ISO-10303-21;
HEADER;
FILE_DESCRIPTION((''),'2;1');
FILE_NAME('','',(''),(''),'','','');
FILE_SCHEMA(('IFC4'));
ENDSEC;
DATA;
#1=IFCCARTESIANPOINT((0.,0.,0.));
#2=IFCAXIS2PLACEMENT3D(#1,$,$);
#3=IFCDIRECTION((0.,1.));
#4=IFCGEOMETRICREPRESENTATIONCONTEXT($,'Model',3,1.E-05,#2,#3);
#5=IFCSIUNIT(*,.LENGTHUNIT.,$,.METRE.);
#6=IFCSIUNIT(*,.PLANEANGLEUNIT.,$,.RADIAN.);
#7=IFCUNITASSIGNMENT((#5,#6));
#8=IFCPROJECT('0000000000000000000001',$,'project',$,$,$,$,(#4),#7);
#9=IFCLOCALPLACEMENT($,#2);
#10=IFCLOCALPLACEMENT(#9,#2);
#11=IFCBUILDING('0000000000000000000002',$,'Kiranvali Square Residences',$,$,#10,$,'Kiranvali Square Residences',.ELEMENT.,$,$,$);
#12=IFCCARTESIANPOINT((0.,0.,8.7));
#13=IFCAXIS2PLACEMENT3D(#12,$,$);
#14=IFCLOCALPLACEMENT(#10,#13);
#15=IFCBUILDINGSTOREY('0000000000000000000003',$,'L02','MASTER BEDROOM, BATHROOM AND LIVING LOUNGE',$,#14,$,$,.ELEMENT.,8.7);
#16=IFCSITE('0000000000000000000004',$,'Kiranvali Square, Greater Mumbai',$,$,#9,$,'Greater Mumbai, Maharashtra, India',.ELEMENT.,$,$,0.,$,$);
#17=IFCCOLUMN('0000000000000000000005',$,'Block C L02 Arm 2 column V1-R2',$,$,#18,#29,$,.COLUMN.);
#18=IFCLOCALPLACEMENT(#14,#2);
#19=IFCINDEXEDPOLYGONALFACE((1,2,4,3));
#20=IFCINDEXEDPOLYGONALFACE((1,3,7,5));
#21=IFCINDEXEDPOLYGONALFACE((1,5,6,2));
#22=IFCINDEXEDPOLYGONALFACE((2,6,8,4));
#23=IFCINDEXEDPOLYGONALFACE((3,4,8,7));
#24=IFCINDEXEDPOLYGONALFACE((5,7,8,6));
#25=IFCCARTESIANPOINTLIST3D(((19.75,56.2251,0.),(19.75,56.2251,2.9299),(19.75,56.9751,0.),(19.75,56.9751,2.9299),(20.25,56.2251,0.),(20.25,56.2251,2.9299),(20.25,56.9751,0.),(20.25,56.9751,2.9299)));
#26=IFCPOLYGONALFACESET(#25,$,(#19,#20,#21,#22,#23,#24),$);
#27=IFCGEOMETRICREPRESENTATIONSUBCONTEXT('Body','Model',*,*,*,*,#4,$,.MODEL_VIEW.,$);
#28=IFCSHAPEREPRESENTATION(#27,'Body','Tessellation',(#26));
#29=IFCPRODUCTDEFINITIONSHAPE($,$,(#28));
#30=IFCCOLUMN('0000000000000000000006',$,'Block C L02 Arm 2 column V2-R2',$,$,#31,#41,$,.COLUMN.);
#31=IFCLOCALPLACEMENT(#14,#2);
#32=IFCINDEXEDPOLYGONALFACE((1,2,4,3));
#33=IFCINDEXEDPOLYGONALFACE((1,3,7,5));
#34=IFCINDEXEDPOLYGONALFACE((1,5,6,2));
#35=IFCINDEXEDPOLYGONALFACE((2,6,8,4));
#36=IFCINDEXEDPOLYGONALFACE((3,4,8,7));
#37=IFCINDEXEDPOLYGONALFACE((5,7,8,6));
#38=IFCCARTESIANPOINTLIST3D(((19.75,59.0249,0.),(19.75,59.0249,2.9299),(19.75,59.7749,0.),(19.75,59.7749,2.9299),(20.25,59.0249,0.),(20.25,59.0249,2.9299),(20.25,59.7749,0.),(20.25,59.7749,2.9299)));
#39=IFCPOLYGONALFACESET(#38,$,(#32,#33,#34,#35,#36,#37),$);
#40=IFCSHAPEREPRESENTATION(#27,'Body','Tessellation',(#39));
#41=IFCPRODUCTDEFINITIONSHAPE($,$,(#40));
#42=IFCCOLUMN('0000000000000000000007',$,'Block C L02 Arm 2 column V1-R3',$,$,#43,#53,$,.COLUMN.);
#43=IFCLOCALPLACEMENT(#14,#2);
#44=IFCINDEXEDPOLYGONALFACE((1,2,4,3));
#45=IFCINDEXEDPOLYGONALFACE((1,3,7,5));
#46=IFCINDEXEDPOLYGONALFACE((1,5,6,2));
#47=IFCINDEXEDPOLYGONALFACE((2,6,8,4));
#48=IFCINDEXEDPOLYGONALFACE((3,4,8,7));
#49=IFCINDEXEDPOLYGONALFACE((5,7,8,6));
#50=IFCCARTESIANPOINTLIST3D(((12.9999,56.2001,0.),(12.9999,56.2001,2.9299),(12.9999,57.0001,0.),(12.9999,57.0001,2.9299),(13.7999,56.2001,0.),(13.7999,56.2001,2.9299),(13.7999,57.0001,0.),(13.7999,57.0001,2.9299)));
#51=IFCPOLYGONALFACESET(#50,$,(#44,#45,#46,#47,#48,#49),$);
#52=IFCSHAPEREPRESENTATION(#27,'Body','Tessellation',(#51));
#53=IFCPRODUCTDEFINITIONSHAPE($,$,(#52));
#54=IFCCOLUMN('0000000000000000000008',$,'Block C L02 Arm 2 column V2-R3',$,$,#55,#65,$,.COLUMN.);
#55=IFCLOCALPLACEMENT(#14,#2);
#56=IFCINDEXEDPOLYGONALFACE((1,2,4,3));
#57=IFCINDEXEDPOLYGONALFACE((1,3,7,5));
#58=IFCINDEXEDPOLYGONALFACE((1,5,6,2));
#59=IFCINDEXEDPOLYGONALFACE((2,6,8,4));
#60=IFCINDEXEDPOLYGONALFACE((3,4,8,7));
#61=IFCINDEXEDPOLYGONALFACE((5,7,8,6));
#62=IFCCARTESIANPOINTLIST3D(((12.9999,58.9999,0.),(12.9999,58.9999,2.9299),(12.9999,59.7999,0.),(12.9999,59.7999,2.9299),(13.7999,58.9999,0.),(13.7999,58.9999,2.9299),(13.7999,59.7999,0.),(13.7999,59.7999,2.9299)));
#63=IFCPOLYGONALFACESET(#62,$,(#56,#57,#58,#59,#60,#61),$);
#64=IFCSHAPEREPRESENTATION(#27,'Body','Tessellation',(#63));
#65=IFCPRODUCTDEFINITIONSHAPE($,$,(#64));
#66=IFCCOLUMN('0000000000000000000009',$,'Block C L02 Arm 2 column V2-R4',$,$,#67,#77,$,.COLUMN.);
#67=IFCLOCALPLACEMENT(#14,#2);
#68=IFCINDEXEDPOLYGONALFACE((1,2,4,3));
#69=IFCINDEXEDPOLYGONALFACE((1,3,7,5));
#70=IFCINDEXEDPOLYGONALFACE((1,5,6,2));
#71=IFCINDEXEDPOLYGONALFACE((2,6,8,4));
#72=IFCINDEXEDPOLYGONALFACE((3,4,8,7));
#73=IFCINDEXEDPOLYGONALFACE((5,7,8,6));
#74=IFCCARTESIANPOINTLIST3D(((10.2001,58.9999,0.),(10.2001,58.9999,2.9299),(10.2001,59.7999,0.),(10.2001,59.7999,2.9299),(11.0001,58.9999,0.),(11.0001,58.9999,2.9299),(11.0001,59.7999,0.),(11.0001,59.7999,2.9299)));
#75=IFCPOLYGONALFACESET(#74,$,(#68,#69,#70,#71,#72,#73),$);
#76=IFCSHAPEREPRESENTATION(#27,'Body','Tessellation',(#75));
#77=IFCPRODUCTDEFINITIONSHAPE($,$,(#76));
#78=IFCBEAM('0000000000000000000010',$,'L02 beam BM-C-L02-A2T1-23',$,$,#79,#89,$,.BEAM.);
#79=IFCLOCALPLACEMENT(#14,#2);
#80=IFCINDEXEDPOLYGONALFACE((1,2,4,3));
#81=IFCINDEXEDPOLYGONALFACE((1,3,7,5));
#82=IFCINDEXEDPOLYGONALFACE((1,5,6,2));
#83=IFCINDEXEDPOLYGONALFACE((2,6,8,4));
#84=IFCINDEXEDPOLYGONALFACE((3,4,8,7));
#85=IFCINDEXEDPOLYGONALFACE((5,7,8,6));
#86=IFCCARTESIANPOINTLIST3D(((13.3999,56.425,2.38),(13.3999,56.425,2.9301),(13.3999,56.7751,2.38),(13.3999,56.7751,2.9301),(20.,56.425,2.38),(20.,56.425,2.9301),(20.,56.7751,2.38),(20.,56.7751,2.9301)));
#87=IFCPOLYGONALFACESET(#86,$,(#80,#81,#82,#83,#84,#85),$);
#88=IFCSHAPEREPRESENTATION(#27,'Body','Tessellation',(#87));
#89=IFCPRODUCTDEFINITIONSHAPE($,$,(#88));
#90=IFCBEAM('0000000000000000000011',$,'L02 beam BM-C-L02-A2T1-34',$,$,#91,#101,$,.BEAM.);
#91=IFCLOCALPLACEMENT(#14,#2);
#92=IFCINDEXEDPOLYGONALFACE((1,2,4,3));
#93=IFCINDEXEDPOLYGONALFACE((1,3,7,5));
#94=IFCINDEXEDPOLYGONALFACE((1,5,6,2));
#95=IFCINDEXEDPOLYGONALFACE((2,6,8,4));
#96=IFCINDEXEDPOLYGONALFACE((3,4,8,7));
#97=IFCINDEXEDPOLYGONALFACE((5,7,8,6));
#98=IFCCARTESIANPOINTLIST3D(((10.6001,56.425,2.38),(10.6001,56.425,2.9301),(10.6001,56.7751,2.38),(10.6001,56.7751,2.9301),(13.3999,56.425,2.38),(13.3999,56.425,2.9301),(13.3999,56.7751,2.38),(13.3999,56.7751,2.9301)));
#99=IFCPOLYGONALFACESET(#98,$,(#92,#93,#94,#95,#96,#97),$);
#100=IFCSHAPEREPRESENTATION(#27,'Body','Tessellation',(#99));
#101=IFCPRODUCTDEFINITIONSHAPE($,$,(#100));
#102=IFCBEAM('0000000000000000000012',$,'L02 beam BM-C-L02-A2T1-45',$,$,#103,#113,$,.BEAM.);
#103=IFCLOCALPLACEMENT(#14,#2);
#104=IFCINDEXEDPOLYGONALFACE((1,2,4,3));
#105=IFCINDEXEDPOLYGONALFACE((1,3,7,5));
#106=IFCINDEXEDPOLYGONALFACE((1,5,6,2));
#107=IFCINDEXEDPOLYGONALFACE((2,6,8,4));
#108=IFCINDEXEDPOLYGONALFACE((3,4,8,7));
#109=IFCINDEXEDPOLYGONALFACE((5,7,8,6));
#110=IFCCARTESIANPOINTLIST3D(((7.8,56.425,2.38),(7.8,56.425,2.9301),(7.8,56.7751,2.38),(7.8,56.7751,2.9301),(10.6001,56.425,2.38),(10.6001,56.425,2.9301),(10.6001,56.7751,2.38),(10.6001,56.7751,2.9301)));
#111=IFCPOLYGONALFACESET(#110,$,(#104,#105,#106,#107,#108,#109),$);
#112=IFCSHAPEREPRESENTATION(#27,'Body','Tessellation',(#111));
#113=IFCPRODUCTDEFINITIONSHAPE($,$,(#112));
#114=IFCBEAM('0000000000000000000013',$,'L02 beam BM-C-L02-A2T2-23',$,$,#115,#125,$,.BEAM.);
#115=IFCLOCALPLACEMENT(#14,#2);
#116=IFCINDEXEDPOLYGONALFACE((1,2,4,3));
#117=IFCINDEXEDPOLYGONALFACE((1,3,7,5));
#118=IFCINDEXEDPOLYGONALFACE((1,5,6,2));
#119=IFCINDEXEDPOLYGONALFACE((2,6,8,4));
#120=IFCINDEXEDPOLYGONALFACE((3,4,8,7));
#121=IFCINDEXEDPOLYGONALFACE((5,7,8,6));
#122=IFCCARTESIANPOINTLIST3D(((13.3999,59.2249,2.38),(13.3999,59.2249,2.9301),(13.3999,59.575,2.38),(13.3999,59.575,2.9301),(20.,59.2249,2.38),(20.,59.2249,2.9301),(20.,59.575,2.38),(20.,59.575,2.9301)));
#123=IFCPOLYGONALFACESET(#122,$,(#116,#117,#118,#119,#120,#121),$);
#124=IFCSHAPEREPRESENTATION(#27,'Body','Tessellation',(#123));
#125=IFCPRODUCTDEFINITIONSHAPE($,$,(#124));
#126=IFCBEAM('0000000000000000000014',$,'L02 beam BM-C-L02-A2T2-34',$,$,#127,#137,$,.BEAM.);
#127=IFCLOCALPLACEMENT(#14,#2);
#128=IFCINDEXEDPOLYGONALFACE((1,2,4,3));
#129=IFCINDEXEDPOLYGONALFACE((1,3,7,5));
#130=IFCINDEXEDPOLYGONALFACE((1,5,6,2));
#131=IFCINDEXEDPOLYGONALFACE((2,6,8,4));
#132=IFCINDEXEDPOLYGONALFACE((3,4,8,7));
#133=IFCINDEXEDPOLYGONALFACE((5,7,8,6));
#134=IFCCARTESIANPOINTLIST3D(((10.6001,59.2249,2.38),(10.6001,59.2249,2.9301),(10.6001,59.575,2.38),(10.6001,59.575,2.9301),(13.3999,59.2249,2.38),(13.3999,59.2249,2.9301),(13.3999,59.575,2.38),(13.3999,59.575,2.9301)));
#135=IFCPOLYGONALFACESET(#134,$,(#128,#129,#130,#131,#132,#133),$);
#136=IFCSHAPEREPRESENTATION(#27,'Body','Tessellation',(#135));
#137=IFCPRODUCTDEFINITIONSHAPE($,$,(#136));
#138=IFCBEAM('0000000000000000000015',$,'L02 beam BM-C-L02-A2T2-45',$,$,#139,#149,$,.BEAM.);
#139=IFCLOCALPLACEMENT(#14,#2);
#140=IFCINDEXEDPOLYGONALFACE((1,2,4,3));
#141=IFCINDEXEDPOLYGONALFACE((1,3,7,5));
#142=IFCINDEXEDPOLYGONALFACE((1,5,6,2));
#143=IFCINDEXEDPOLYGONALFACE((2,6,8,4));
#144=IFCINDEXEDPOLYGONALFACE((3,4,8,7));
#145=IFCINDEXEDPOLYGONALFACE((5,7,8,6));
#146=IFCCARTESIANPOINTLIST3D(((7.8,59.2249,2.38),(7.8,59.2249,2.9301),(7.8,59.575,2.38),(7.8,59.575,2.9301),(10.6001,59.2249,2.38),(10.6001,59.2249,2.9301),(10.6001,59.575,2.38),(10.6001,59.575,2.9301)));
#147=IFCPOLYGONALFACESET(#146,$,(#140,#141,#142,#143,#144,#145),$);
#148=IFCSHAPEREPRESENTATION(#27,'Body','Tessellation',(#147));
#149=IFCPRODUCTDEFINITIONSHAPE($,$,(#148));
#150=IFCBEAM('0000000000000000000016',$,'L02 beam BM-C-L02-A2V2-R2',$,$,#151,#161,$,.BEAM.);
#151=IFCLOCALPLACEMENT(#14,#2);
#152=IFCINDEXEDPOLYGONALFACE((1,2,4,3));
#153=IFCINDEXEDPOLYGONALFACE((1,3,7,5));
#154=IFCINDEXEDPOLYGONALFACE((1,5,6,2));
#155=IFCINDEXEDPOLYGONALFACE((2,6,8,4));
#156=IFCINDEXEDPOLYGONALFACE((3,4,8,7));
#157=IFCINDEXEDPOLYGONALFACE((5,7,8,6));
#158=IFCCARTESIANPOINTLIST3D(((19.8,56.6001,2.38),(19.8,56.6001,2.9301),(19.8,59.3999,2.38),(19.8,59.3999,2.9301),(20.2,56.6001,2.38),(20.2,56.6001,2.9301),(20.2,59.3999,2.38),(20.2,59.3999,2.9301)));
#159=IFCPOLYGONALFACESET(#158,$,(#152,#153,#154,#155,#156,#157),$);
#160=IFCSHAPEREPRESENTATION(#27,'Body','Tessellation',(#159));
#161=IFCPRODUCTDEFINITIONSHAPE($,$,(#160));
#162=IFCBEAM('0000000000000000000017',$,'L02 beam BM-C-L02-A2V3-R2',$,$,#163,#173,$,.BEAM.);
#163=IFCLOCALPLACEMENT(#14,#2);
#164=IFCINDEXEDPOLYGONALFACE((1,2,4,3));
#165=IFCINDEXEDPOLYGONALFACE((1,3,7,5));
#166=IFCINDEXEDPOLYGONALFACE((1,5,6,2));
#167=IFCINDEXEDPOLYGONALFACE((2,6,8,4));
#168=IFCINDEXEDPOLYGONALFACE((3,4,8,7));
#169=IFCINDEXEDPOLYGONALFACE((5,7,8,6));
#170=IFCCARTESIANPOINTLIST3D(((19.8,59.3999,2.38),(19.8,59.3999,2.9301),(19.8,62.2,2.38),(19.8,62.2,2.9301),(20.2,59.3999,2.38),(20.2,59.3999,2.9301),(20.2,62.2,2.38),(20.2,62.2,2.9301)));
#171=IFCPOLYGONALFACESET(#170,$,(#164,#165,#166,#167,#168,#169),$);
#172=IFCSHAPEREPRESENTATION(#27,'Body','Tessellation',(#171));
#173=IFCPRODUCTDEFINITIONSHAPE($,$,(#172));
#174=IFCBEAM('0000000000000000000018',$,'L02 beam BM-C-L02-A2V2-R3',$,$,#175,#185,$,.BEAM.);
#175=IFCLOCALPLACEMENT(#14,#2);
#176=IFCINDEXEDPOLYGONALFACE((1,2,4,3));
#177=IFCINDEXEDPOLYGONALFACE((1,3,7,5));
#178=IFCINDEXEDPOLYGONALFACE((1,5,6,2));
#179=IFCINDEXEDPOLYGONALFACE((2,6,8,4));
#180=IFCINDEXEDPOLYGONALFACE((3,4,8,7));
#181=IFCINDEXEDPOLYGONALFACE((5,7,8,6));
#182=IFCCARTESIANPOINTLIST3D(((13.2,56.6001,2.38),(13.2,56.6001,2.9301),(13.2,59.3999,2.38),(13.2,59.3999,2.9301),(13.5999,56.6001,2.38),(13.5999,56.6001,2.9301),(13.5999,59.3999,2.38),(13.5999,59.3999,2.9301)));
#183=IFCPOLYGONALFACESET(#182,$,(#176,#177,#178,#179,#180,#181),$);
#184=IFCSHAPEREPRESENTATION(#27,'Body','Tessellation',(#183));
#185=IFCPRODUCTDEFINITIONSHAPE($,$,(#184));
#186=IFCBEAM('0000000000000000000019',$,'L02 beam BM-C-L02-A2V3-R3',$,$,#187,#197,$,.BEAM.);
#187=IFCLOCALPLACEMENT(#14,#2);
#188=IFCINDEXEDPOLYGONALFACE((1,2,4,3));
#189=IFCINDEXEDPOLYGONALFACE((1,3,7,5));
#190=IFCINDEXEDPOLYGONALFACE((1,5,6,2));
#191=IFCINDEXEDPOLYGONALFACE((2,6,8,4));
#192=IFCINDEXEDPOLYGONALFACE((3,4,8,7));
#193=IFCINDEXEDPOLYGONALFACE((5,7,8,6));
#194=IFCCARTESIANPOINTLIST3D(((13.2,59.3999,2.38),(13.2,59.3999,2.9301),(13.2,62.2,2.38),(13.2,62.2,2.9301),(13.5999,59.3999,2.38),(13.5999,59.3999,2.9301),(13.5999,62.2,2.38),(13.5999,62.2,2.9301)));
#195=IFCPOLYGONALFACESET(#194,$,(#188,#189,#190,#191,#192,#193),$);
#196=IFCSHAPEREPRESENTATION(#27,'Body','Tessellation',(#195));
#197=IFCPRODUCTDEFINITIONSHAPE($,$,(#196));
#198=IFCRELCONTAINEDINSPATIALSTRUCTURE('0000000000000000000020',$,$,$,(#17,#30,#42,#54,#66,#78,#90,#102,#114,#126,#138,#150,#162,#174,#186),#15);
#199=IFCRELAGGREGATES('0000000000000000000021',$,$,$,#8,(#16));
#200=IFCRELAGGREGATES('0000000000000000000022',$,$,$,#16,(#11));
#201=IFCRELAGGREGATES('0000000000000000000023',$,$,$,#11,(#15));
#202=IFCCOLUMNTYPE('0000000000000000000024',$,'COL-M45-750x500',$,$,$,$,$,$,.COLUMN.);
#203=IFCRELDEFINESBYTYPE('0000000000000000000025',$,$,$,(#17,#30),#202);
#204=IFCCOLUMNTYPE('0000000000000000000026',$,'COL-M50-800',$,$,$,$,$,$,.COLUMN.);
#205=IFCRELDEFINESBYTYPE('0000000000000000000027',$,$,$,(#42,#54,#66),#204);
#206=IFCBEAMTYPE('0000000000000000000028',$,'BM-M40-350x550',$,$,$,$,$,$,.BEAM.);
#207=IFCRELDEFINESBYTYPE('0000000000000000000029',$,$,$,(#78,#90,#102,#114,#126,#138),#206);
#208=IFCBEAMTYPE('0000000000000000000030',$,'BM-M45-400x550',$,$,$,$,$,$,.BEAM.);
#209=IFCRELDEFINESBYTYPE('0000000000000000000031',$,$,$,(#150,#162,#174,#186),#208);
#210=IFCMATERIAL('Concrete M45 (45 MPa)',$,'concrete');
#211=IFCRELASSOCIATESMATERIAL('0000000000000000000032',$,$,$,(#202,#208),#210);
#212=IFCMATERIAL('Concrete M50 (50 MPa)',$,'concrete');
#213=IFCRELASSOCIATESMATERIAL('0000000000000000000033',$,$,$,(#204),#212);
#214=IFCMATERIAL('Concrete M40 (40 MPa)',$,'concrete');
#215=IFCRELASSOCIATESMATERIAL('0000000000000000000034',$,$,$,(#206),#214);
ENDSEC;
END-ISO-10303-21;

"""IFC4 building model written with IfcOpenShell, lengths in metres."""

from ifc_helpers import new_model, si_unit, direction, frame, origin, origin_2d, place, context, subcontext, project, spatial, rectangle, extrude, material, material_profile, profile_set, type_object, element, save


model = new_model("IFC4")

# Units and contexts
model_context = context("Model", 3, precision=1e-05, world=origin(), true_north=direction((0.0, 1.0)))
body_context = subcontext(model_context, "Body", "Model", "MODEL_VIEW")
ifc_project = project(units=[si_unit("LENGTHUNIT", "METRE"), si_unit("PLANEANGLEUNIT", "RADIAN")], contexts=[model_context])

# Site, building, storey
site_placement = place(None, origin())
site = spatial("IfcSite", under=ifc_project, at=site_placement, Name="Kiranvali Square, Greater Mumbai", LongName="Greater Mumbai, Maharashtra, India", CompositionType="ELEMENT", RefElevation=0.0)
building_placement = place(site_placement, origin())
building = spatial("IfcBuilding", under=site, at=building_placement, Name="Kiranvali Square Residences", LongName="Kiranvali Square Residences", CompositionType="ELEMENT")
storey_placement = place(building_placement, frame((0.0, 0.0, 8.7)))
storey = spatial("IfcBuildingStorey", under=building, at=storey_placement, Name="L02", Description="MASTER BEDROOM, BATHROOM AND LIVING LOUNGE", CompositionType="ELEMENT", Elevation=8.7)

# Columns
ifc_material_1 = material(Name="Concrete M45 (45 MPa)", Category="concrete")
ifc_material_profile_1 = material_profile(ifc_material_1, rectangle(XDim=0.5, YDim=0.75, at=origin_2d()), Name="RC 750x500")
ifc_profile_set_1 = profile_set([ifc_material_profile_1], Name="Concrete M45 (45 MPa)")
column_type_1 = type_object("IfcColumnType", Name="COL-M45-750x500", PredefinedType="COLUMN", material=ifc_profile_set_1)
for number, where, z_axis, x_axis, name in (
    (1, (20.0, 56.6001, 0.0), (0.0, 0.0, 1.0), (1.0, 0.0, 0.0), "Block C L02 Arm 2 column V1-R2"),
    (2, (20.0, 59.3999, 0.0), (0.0, 0.0, 1.0), (1.0, 0.0, 0.0), "Block C L02 Arm 2 column V2-R2"),
):
    element("IfcColumn", number, at=place(storey_placement, frame(where, z_axis=z_axis, x_axis=x_axis)), inside=storey, type_object=column_type_1, Name=name, PredefinedType="COLUMN", context=body_context, shape_type="SweptSolid", body=[
        extrude(rectangle(XDim=0.5, YDim=0.75, at=origin_2d()), origin(), (0.0, 0.0, 1.0), 2.9299),
    ])
ifc_material_2 = material(Name="Concrete M50 (50 MPa)", Category="concrete")
ifc_material_profile_2 = material_profile(ifc_material_2, rectangle(XDim=0.8, YDim=0.8, at=origin_2d()), Name="RC 800x800")
ifc_profile_set_2 = profile_set([ifc_material_profile_2], Name="Concrete M50 (50 MPa)")
column_type_2 = type_object("IfcColumnType", Name="COL-M50-800", PredefinedType="COLUMN", material=ifc_profile_set_2)
for number, where, z_axis, x_axis, name in (
    (3, (13.3999, 56.6001, 0.0), (0.0, 0.0, 1.0), (1.0, 0.0, 0.0), "Block C L02 Arm 2 column V1-R3"),
    (4, (13.3999, 59.3999, 0.0), (0.0, 0.0, 1.0), (1.0, 0.0, 0.0), "Block C L02 Arm 2 column V2-R3"),
    (5, (10.6001, 59.3999, 0.0), (0.0, 0.0, 1.0), (1.0, 0.0, 0.0), "Block C L02 Arm 2 column V2-R4"),
):
    element("IfcColumn", number, at=place(storey_placement, frame(where, z_axis=z_axis, x_axis=x_axis)), inside=storey, type_object=column_type_2, Name=name, PredefinedType="COLUMN", context=body_context, shape_type="SweptSolid", body=[
        extrude(rectangle(XDim=0.8, YDim=0.8, at=origin_2d()), origin(), (0.0, 0.0, 1.0), 2.9299),
    ])

# Beams
ifc_material_3 = material(Name="Concrete M40 (40 MPa)", Category="concrete")
ifc_material_profile_3 = material_profile(ifc_material_3, rectangle(XDim=0.3501, YDim=0.55, at=origin_2d()), Name="RC 350x550")
ifc_profile_set_3 = profile_set([ifc_material_profile_3], Name="Concrete M40 (40 MPa)")
beam_type_1 = type_object("IfcBeamType", Name="BM-M40-350x550", PredefinedType="BEAM", material=ifc_profile_set_3)
beam_1_placement = place(storey_placement, frame((20.0, 56.6001, 2.655), z_axis=(-1.0, 0.0, 0.0), x_axis=(0.0, -1.0, 0.0)))
element("IfcBeam", 6, at=beam_1_placement, inside=storey, type_object=beam_type_1, Name="L02 beam BM-C-L02-A2T1-23", PredefinedType="BEAM", context=body_context, shape_type="SweptSolid", body=[
    extrude(rectangle(XDim=0.3501, YDim=0.55, at=origin_2d()), origin(), (0.0, 0.0, 1.0), 6.6001),
])
beam_2_placement = place(storey_placement, frame((13.3999, 56.6001, 2.655), z_axis=(-1.0, 0.0, 0.0), x_axis=(0.0, -1.0, 0.0)))
element("IfcBeam", 7, at=beam_2_placement, inside=storey, type_object=beam_type_1, Name="L02 beam BM-C-L02-A2T1-34", PredefinedType="BEAM", context=body_context, shape_type="SweptSolid", body=[
    extrude(rectangle(XDim=0.3501, YDim=0.55, at=origin_2d()), origin(), (0.0, 0.0, 1.0), 2.7998),
])
beam_3_placement = place(storey_placement, frame((10.6001, 56.6001, 2.655), z_axis=(-1.0, 0.0, 0.0), x_axis=(0.0, -1.0, 0.0)))
element("IfcBeam", 8, at=beam_3_placement, inside=storey, type_object=beam_type_1, Name="L02 beam BM-C-L02-A2T1-45", PredefinedType="BEAM", context=body_context, shape_type="SweptSolid", body=[
    extrude(rectangle(XDim=0.3501, YDim=0.55, at=origin_2d()), origin(), (0.0, 0.0, 1.0), 2.8),
])
beam_4_placement = place(storey_placement, frame((20.0, 59.3999, 2.655), z_axis=(-1.0, 0.0, 0.0), x_axis=(0.0, -1.0, 0.0)))
element("IfcBeam", 9, at=beam_4_placement, inside=storey, type_object=beam_type_1, Name="L02 beam BM-C-L02-A2T2-23", PredefinedType="BEAM", context=body_context, shape_type="SweptSolid", body=[
    extrude(rectangle(XDim=0.3501, YDim=0.55, at=origin_2d()), origin(), (0.0, 0.0, 1.0), 6.6001),
])
beam_5_placement = place(storey_placement, frame((13.3999, 59.3999, 2.655), z_axis=(-1.0, 0.0, 0.0), x_axis=(0.0, -1.0, 0.0)))
element("IfcBeam", 10, at=beam_5_placement, inside=storey, type_object=beam_type_1, Name="L02 beam BM-C-L02-A2T2-34", PredefinedType="BEAM", context=body_context, shape_type="SweptSolid", body=[
    extrude(rectangle(XDim=0.3501, YDim=0.55, at=origin_2d()), origin(), (0.0, 0.0, 1.0), 2.7998),
])
beam_6_placement = place(storey_placement, frame((10.6001, 59.3999, 2.655), z_axis=(-1.0, 0.0, 0.0), x_axis=(0.0, -1.0, 0.0)))
element("IfcBeam", 11, at=beam_6_placement, inside=storey, type_object=beam_type_1, Name="L02 beam BM-C-L02-A2T2-45", PredefinedType="BEAM", context=body_context, shape_type="SweptSolid", body=[
    extrude(rectangle(XDim=0.3501, YDim=0.55, at=origin_2d()), origin(), (0.0, 0.0, 1.0), 2.8),
])
ifc_material_profile_4 = material_profile(ifc_material_1, rectangle(XDim=0.3999, YDim=0.55, at=origin_2d()), Name="RC 400x550")
ifc_profile_set_4 = profile_set([ifc_material_profile_4], Name="Concrete M45 (45 MPa)")
beam_type_2 = type_object("IfcBeamType", Name="BM-M45-400x550", PredefinedType="BEAM", material=ifc_profile_set_4)
beam_7_placement = place(storey_placement, frame((20.0, 56.6001, 2.655), z_axis=(0.0, 1.0, 0.0), x_axis=(-1.0, 0.0, 0.0)))
element("IfcBeam", 12, at=beam_7_placement, inside=storey, type_object=beam_type_2, Name="L02 beam BM-C-L02-A2V2-R2", PredefinedType="BEAM", context=body_context, shape_type="SweptSolid", body=[
    extrude(rectangle(XDim=0.3999, YDim=0.55, at=origin_2d()), origin(), (0.0, 0.0, 1.0), 2.7998),
])
beam_8_placement = place(storey_placement, frame((20.0, 59.3999, 2.655), z_axis=(0.0, 1.0, 0.0), x_axis=(-1.0, 0.0, 0.0)))
element("IfcBeam", 13, at=beam_8_placement, inside=storey, type_object=beam_type_2, Name="L02 beam BM-C-L02-A2V3-R2", PredefinedType="BEAM", context=body_context, shape_type="SweptSolid", body=[
    extrude(rectangle(XDim=0.3999, YDim=0.55, at=origin_2d()), origin(), (0.0, 0.0, 1.0), 2.8),
])
beam_9_placement = place(storey_placement, frame((13.3999, 56.6001, 2.655), z_axis=(0.0, 1.0, 0.0), x_axis=(-1.0, 0.0, 0.0)))
element("IfcBeam", 14, at=beam_9_placement, inside=storey, type_object=beam_type_2, Name="L02 beam BM-C-L02-A2V2-R3", PredefinedType="BEAM", context=body_context, shape_type="SweptSolid", body=[
    extrude(rectangle(XDim=0.3999, YDim=0.55, at=origin_2d()), origin(), (0.0, 0.0, 1.0), 2.7998),
])
beam_10_placement = place(storey_placement, frame((13.3999, 59.3999, 2.655), z_axis=(0.0, 1.0, 0.0), x_axis=(-1.0, 0.0, 0.0)))
element("IfcBeam", 15, at=beam_10_placement, inside=storey, type_object=beam_type_2, Name="L02 beam BM-C-L02-A2V3-R3", PredefinedType="BEAM", context=body_context, shape_type="SweptSolid", body=[
    extrude(rectangle(XDim=0.3999, YDim=0.55, at=origin_2d()), origin(), (0.0, 0.0, 1.0), 2.8),
])

save(model, "model.ifc")
